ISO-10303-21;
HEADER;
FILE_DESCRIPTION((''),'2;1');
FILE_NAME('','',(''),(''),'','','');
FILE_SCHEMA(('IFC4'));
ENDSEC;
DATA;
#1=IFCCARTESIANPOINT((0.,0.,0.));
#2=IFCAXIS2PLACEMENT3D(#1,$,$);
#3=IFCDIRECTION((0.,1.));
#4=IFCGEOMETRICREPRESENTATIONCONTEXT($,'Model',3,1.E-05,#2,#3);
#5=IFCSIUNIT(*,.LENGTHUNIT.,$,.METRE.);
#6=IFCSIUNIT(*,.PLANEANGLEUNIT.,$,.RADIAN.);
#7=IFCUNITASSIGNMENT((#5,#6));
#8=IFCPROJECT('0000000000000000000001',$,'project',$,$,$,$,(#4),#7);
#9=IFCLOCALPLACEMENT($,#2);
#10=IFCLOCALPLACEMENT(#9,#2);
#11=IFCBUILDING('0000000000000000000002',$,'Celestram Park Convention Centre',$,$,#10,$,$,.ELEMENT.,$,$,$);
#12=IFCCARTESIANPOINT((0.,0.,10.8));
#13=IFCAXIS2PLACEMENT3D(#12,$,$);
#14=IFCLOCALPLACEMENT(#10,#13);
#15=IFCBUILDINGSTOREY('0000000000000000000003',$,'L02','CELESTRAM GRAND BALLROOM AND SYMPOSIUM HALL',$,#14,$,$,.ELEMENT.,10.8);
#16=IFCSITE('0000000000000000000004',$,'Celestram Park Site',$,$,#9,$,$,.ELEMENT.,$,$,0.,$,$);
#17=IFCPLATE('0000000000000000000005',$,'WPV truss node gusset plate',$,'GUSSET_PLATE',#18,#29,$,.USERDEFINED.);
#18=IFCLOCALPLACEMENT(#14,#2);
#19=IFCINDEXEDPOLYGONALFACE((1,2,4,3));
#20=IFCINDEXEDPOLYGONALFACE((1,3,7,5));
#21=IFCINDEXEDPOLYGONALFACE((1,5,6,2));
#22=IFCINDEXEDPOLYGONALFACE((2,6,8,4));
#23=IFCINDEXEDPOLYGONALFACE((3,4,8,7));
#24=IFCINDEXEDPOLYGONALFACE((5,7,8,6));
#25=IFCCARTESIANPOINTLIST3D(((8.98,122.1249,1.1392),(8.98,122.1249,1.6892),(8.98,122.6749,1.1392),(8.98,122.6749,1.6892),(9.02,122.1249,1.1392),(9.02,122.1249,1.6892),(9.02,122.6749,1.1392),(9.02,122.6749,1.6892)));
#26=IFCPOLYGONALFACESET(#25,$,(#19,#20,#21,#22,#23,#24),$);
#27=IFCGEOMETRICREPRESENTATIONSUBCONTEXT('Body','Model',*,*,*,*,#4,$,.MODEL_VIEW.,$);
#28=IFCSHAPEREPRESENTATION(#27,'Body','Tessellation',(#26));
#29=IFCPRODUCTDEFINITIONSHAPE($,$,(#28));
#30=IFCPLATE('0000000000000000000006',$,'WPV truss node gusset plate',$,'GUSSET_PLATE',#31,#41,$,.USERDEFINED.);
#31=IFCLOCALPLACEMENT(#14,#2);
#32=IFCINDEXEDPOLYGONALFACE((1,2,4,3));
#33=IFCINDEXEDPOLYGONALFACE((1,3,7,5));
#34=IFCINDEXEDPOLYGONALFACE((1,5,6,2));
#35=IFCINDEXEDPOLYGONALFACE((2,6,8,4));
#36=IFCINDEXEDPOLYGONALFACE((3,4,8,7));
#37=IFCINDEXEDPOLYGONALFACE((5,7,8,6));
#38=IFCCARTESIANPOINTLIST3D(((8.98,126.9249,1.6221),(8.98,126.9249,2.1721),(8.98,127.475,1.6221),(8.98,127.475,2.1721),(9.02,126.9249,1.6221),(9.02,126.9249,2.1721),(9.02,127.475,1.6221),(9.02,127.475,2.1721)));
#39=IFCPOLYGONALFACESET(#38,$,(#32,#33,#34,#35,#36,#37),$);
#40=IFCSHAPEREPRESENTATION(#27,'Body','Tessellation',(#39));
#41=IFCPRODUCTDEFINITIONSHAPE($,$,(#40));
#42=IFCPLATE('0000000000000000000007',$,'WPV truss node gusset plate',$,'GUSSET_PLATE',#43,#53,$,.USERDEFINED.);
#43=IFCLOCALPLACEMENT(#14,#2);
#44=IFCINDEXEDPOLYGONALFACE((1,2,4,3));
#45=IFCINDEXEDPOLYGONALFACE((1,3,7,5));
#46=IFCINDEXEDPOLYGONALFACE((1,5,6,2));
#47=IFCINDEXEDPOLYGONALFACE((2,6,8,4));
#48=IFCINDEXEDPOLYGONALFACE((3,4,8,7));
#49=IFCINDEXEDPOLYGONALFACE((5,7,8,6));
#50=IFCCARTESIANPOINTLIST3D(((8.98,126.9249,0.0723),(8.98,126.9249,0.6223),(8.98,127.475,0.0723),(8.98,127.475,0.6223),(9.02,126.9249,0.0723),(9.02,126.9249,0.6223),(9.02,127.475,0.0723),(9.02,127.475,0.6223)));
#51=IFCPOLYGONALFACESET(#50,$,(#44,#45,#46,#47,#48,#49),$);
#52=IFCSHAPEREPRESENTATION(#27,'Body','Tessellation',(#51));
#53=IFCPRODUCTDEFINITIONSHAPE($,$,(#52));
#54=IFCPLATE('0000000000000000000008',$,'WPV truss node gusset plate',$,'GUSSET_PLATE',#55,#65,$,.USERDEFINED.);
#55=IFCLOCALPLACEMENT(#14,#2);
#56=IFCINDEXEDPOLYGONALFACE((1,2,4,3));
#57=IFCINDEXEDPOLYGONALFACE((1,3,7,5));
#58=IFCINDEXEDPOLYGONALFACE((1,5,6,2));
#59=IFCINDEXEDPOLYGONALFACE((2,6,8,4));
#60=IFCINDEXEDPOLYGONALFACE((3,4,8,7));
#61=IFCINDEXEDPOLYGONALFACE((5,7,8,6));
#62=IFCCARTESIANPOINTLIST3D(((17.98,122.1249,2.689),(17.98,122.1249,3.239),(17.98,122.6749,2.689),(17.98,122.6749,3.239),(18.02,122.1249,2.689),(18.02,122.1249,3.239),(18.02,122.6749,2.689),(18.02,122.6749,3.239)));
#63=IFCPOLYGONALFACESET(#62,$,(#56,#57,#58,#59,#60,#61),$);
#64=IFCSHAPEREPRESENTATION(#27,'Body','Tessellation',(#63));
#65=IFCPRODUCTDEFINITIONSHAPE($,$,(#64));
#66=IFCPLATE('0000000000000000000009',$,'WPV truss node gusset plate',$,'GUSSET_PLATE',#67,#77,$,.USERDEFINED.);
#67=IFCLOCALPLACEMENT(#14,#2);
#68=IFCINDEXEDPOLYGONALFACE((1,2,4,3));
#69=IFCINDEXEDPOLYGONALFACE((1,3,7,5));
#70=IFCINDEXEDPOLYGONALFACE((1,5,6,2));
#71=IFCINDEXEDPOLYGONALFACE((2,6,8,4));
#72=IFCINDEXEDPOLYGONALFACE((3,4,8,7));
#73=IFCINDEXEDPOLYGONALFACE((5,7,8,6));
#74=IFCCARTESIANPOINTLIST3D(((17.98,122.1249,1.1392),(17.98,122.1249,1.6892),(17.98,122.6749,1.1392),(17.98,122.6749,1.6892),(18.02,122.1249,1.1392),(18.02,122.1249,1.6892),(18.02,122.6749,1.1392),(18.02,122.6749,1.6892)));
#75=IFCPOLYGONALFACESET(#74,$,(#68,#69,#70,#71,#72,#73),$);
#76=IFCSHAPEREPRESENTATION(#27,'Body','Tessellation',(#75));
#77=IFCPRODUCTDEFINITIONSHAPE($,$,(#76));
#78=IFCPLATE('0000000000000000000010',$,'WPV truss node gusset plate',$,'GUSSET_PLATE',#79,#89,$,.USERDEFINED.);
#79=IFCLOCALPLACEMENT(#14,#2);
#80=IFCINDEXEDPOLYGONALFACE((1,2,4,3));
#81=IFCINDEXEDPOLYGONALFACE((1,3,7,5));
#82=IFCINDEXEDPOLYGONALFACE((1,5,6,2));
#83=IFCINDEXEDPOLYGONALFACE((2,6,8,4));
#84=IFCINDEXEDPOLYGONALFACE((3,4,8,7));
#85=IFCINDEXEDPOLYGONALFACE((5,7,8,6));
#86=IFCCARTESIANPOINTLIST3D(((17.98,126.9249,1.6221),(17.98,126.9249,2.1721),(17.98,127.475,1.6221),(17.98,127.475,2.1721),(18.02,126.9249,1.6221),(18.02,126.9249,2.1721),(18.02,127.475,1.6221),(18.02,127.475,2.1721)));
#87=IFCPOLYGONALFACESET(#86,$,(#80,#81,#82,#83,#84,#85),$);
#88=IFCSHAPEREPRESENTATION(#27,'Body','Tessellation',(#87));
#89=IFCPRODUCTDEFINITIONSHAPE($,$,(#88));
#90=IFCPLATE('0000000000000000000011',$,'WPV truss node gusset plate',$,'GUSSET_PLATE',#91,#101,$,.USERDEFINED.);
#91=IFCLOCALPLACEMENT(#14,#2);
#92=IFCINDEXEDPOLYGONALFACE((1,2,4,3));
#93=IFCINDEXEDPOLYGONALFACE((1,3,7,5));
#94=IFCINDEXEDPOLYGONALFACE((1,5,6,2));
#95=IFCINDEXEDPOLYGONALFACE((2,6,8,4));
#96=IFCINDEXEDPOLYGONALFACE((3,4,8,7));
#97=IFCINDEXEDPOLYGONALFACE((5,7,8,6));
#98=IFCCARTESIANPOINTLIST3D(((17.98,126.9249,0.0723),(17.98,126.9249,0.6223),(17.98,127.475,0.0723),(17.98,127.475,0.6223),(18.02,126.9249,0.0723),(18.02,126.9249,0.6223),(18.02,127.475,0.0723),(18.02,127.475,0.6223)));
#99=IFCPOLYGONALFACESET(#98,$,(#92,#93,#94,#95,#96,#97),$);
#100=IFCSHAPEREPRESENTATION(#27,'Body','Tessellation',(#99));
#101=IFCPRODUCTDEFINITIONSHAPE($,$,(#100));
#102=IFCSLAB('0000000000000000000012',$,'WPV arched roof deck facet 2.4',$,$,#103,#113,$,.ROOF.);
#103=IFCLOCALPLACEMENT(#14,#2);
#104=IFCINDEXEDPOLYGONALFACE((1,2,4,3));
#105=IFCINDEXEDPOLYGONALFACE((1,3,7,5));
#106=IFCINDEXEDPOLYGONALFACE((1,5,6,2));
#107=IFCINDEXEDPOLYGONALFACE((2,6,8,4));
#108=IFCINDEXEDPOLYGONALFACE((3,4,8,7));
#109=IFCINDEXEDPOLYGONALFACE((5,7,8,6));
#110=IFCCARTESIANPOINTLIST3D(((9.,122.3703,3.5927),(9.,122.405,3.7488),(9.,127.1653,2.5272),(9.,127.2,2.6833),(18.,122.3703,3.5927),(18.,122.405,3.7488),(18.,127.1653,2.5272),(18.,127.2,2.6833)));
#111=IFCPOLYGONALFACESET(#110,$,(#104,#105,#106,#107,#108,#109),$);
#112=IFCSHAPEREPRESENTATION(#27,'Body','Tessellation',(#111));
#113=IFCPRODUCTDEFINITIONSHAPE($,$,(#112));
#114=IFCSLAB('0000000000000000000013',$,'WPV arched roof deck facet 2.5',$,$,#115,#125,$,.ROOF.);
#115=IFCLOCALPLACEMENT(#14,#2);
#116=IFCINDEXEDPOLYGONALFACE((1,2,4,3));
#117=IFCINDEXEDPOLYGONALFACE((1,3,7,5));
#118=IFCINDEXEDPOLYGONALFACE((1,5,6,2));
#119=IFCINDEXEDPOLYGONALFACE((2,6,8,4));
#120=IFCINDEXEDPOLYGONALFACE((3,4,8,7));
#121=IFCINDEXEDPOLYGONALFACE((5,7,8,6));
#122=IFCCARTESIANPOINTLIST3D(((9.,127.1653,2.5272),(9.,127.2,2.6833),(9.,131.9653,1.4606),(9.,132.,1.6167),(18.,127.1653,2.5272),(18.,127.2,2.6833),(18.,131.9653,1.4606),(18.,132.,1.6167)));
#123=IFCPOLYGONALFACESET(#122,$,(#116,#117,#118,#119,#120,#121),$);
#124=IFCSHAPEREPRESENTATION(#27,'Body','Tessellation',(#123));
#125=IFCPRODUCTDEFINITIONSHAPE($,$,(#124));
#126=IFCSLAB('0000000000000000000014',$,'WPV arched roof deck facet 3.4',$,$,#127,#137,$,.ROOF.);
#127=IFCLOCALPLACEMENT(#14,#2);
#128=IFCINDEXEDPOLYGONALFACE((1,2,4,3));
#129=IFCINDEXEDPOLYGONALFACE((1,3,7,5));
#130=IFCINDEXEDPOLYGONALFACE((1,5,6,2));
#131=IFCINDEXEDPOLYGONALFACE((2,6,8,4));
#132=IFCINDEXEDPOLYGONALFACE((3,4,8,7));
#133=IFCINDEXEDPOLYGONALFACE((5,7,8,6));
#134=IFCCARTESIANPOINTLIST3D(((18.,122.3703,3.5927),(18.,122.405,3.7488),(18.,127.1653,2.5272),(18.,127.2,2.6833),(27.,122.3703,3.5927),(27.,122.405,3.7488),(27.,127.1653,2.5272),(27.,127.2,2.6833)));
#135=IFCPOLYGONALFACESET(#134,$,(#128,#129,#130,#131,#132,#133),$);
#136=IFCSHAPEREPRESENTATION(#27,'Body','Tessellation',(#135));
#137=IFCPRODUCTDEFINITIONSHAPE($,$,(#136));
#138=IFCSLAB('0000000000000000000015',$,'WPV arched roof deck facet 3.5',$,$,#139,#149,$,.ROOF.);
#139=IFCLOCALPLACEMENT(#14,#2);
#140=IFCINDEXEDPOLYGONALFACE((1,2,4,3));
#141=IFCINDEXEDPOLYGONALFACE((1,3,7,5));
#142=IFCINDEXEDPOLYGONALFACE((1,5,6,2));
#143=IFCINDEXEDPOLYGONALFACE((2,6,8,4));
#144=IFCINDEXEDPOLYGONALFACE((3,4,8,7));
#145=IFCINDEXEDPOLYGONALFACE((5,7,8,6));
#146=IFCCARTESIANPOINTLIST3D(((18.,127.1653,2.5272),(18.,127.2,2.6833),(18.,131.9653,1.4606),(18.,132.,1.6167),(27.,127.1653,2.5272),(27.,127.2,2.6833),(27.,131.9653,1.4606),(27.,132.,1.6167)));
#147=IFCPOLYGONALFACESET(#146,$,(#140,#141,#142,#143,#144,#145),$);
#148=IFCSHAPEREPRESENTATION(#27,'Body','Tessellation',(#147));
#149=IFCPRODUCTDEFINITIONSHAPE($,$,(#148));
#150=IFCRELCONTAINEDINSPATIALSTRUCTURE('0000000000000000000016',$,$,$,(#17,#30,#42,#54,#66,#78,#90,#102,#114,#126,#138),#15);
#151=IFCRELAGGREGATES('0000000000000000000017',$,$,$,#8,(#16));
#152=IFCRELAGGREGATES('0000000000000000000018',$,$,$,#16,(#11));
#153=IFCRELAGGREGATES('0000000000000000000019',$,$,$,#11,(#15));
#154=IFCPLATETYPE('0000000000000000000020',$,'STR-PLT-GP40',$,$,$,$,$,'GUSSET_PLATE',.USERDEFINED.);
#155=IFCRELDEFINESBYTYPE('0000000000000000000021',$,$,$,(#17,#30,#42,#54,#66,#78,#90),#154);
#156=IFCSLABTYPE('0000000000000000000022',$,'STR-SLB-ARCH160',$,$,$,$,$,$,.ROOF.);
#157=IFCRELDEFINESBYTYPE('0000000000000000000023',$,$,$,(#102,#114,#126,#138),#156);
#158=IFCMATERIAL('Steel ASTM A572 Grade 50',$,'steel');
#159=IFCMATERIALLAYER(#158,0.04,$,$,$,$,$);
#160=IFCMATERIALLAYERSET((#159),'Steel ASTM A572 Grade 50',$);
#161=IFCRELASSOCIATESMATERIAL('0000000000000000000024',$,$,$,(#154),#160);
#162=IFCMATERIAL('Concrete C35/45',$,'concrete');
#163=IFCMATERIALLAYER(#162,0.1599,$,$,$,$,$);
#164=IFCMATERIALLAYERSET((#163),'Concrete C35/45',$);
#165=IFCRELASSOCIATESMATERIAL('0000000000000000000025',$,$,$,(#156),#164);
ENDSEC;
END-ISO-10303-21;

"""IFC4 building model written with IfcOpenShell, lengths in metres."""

from ifc_helpers import new_model, si_unit, direction, frame, origin, origin_2d, place, context, subcontext, project, spatial, polyline, rectangle, outline, extrude, material, layer, layer_set, type_object, element, save


model = new_model("IFC4")

# Units and contexts
model_context = context("Model", 3, precision=1e-05, world=origin(), true_north=direction((0.0, 1.0)))
body_context = subcontext(model_context, "Body", "Model", "MODEL_VIEW")
ifc_project = project(units=[si_unit("LENGTHUNIT", "METRE"), si_unit("PLANEANGLEUNIT", "RADIAN")], contexts=[model_context])

# Site, building, storey
site_placement = place(None, origin())
site = spatial("IfcSite", under=ifc_project, at=site_placement, Name="Celestram Park Site", CompositionType="ELEMENT", RefElevation=0.0)
building_placement = place(site_placement, origin())
building = spatial("IfcBuilding", under=site, at=building_placement, Name="Celestram Park Convention Centre", CompositionType="ELEMENT")
storey_placement = place(building_placement, frame((0.0, 0.0, 10.8)))
storey = spatial("IfcBuildingStorey", under=building, at=storey_placement, Name="L02", Description="CELESTRAM GRAND BALLROOM AND SYMPOSIUM HALL", CompositionType="ELEMENT", Elevation=10.8)

# Plates
ifc_material_1 = material(Name="Steel ASTM A572 Grade 50", Category="steel")
ifc_layer_1 = layer(ifc_material_1, 0.04)
ifc_layer_set_1 = layer_set([ifc_layer_1], Name="Steel ASTM A572 Grade 50")
plate_type = type_object("IfcPlateType", Name="STR-PLT-GP40", ElementType="GUSSET_PLATE", PredefinedType="USERDEFINED", material=ifc_layer_set_1)
for number, where, z_axis, x_axis, name in (
    (1, (9.0, 122.3999, 1.1392), (0.0, 0.0, 1.0), (0.0, 1.0, 0.0), "WPV truss node gusset plate"),
    (2, (9.0, 127.2, 1.6221), (0.0, 0.0, 1.0), (0.0, 1.0, 0.0), "WPV truss node gusset plate"),
    (3, (9.0, 127.2, 0.0723), (0.0, 0.0, 1.0), (0.0, 1.0, 0.0), "WPV truss node gusset plate"),
    (4, (18.0, 122.3999, 2.689), (0.0, 0.0, 1.0), (0.0, 1.0, 0.0), "WPV truss node gusset plate"),
    (5, (18.0, 122.3999, 1.1392), (0.0, 0.0, 1.0), (0.0, 1.0, 0.0), "WPV truss node gusset plate"),
    (6, (18.0, 127.2, 1.6221), (0.0, 0.0, 1.0), (0.0, 1.0, 0.0), "WPV truss node gusset plate"),
    (7, (18.0, 127.2, 0.0723), (0.0, 0.0, 1.0), (0.0, 1.0, 0.0), "WPV truss node gusset plate"),
):
    element("IfcPlate", number, at=place(storey_placement, frame(where, z_axis=z_axis, x_axis=x_axis)), inside=storey, type_object=plate_type, Name=name, ObjectType="GUSSET_PLATE", PredefinedType="USERDEFINED", context=body_context, shape_type="SweptSolid", body=[
        extrude(rectangle(XDim=0.55, YDim=0.04, at=origin_2d()), origin(), (0.0, 0.0, 1.0), 0.55),
    ])

# Slabs
ifc_material_2 = material(Name="Concrete C35/45", Category="concrete")
ifc_layer_2 = layer(ifc_material_2, 0.1599)
ifc_layer_set_2 = layer_set([ifc_layer_2], Name="Concrete C35/45")
slab_type = type_object("IfcSlabType", Name="STR-SLB-ARCH160", PredefinedType="ROOF", material=ifc_layer_set_2)
slab_1_placement = place(storey_placement, frame((9.0, 122.405, 3.7488), z_axis=(0.0, 0.216909, 0.976192), x_axis=(1.0, 0.0, 0.0)))
element("IfcSlab", 8, at=slab_1_placement, inside=storey, type_object=slab_type, Name="WPV arched roof deck facet 2.4", PredefinedType="ROOF", context=body_context, shape_type="SweptSolid", body=[
    extrude(outline(polyline([(0.0, 0.0), (9.0, 0.0), (9.0, 4.9119), (0.0, 4.9119), (0.0, 0.0)])), origin(), (0.0, 0.0, -1.0), 0.1599),
])
slab_2_placement = place(storey_placement, frame((9.0, 127.2, 2.6833), z_axis=(0.0, 0.216925, 0.976188), x_axis=(1.0, 0.0, 0.0)))
element("IfcSlab", 9, at=slab_2_placement, inside=storey, type_object=slab_type, Name="WPV arched roof deck facet 2.5", PredefinedType="ROOF", context=body_context, shape_type="SweptSolid", body=[
    extrude(outline(polyline([(0.0, 0.0), (9.0, 0.0), (9.0, 4.9171), (0.0, 4.9171), (0.0, 0.0)])), origin(), (0.0, 0.0, -1.0), 0.1599),
])
slab_3_placement = place(storey_placement, frame((18.0, 122.405, 3.7488), z_axis=(0.0, 0.216909, 0.976192), x_axis=(1.0, 0.0, 0.0)))
element("IfcSlab", 10, at=slab_3_placement, inside=storey, type_object=slab_type, Name="WPV arched roof deck facet 3.4", PredefinedType="ROOF", context=body_context, shape_type="SweptSolid", body=[
    extrude(outline(polyline([(0.0, 0.0), (9.0, 0.0), (9.0, 4.9119), (0.0, 4.9119), (0.0, 0.0)])), origin(), (0.0, 0.0, -1.0), 0.1599),
])
slab_4_placement = place(storey_placement, frame((18.0, 127.2, 2.6833), z_axis=(0.0, 0.216925, 0.976188), x_axis=(1.0, 0.0, 0.0)))
element("IfcSlab", 11, at=slab_4_placement, inside=storey, type_object=slab_type, Name="WPV arched roof deck facet 3.5", PredefinedType="ROOF", context=body_context, shape_type="SweptSolid", body=[
    extrude(outline(polyline([(0.0, 0.0), (9.0, 0.0), (9.0, 4.9171), (0.0, 4.9171), (0.0, 0.0)])), origin(), (0.0, 0.0, -1.0), 0.1599),
])

save(model, "model.ifc")
